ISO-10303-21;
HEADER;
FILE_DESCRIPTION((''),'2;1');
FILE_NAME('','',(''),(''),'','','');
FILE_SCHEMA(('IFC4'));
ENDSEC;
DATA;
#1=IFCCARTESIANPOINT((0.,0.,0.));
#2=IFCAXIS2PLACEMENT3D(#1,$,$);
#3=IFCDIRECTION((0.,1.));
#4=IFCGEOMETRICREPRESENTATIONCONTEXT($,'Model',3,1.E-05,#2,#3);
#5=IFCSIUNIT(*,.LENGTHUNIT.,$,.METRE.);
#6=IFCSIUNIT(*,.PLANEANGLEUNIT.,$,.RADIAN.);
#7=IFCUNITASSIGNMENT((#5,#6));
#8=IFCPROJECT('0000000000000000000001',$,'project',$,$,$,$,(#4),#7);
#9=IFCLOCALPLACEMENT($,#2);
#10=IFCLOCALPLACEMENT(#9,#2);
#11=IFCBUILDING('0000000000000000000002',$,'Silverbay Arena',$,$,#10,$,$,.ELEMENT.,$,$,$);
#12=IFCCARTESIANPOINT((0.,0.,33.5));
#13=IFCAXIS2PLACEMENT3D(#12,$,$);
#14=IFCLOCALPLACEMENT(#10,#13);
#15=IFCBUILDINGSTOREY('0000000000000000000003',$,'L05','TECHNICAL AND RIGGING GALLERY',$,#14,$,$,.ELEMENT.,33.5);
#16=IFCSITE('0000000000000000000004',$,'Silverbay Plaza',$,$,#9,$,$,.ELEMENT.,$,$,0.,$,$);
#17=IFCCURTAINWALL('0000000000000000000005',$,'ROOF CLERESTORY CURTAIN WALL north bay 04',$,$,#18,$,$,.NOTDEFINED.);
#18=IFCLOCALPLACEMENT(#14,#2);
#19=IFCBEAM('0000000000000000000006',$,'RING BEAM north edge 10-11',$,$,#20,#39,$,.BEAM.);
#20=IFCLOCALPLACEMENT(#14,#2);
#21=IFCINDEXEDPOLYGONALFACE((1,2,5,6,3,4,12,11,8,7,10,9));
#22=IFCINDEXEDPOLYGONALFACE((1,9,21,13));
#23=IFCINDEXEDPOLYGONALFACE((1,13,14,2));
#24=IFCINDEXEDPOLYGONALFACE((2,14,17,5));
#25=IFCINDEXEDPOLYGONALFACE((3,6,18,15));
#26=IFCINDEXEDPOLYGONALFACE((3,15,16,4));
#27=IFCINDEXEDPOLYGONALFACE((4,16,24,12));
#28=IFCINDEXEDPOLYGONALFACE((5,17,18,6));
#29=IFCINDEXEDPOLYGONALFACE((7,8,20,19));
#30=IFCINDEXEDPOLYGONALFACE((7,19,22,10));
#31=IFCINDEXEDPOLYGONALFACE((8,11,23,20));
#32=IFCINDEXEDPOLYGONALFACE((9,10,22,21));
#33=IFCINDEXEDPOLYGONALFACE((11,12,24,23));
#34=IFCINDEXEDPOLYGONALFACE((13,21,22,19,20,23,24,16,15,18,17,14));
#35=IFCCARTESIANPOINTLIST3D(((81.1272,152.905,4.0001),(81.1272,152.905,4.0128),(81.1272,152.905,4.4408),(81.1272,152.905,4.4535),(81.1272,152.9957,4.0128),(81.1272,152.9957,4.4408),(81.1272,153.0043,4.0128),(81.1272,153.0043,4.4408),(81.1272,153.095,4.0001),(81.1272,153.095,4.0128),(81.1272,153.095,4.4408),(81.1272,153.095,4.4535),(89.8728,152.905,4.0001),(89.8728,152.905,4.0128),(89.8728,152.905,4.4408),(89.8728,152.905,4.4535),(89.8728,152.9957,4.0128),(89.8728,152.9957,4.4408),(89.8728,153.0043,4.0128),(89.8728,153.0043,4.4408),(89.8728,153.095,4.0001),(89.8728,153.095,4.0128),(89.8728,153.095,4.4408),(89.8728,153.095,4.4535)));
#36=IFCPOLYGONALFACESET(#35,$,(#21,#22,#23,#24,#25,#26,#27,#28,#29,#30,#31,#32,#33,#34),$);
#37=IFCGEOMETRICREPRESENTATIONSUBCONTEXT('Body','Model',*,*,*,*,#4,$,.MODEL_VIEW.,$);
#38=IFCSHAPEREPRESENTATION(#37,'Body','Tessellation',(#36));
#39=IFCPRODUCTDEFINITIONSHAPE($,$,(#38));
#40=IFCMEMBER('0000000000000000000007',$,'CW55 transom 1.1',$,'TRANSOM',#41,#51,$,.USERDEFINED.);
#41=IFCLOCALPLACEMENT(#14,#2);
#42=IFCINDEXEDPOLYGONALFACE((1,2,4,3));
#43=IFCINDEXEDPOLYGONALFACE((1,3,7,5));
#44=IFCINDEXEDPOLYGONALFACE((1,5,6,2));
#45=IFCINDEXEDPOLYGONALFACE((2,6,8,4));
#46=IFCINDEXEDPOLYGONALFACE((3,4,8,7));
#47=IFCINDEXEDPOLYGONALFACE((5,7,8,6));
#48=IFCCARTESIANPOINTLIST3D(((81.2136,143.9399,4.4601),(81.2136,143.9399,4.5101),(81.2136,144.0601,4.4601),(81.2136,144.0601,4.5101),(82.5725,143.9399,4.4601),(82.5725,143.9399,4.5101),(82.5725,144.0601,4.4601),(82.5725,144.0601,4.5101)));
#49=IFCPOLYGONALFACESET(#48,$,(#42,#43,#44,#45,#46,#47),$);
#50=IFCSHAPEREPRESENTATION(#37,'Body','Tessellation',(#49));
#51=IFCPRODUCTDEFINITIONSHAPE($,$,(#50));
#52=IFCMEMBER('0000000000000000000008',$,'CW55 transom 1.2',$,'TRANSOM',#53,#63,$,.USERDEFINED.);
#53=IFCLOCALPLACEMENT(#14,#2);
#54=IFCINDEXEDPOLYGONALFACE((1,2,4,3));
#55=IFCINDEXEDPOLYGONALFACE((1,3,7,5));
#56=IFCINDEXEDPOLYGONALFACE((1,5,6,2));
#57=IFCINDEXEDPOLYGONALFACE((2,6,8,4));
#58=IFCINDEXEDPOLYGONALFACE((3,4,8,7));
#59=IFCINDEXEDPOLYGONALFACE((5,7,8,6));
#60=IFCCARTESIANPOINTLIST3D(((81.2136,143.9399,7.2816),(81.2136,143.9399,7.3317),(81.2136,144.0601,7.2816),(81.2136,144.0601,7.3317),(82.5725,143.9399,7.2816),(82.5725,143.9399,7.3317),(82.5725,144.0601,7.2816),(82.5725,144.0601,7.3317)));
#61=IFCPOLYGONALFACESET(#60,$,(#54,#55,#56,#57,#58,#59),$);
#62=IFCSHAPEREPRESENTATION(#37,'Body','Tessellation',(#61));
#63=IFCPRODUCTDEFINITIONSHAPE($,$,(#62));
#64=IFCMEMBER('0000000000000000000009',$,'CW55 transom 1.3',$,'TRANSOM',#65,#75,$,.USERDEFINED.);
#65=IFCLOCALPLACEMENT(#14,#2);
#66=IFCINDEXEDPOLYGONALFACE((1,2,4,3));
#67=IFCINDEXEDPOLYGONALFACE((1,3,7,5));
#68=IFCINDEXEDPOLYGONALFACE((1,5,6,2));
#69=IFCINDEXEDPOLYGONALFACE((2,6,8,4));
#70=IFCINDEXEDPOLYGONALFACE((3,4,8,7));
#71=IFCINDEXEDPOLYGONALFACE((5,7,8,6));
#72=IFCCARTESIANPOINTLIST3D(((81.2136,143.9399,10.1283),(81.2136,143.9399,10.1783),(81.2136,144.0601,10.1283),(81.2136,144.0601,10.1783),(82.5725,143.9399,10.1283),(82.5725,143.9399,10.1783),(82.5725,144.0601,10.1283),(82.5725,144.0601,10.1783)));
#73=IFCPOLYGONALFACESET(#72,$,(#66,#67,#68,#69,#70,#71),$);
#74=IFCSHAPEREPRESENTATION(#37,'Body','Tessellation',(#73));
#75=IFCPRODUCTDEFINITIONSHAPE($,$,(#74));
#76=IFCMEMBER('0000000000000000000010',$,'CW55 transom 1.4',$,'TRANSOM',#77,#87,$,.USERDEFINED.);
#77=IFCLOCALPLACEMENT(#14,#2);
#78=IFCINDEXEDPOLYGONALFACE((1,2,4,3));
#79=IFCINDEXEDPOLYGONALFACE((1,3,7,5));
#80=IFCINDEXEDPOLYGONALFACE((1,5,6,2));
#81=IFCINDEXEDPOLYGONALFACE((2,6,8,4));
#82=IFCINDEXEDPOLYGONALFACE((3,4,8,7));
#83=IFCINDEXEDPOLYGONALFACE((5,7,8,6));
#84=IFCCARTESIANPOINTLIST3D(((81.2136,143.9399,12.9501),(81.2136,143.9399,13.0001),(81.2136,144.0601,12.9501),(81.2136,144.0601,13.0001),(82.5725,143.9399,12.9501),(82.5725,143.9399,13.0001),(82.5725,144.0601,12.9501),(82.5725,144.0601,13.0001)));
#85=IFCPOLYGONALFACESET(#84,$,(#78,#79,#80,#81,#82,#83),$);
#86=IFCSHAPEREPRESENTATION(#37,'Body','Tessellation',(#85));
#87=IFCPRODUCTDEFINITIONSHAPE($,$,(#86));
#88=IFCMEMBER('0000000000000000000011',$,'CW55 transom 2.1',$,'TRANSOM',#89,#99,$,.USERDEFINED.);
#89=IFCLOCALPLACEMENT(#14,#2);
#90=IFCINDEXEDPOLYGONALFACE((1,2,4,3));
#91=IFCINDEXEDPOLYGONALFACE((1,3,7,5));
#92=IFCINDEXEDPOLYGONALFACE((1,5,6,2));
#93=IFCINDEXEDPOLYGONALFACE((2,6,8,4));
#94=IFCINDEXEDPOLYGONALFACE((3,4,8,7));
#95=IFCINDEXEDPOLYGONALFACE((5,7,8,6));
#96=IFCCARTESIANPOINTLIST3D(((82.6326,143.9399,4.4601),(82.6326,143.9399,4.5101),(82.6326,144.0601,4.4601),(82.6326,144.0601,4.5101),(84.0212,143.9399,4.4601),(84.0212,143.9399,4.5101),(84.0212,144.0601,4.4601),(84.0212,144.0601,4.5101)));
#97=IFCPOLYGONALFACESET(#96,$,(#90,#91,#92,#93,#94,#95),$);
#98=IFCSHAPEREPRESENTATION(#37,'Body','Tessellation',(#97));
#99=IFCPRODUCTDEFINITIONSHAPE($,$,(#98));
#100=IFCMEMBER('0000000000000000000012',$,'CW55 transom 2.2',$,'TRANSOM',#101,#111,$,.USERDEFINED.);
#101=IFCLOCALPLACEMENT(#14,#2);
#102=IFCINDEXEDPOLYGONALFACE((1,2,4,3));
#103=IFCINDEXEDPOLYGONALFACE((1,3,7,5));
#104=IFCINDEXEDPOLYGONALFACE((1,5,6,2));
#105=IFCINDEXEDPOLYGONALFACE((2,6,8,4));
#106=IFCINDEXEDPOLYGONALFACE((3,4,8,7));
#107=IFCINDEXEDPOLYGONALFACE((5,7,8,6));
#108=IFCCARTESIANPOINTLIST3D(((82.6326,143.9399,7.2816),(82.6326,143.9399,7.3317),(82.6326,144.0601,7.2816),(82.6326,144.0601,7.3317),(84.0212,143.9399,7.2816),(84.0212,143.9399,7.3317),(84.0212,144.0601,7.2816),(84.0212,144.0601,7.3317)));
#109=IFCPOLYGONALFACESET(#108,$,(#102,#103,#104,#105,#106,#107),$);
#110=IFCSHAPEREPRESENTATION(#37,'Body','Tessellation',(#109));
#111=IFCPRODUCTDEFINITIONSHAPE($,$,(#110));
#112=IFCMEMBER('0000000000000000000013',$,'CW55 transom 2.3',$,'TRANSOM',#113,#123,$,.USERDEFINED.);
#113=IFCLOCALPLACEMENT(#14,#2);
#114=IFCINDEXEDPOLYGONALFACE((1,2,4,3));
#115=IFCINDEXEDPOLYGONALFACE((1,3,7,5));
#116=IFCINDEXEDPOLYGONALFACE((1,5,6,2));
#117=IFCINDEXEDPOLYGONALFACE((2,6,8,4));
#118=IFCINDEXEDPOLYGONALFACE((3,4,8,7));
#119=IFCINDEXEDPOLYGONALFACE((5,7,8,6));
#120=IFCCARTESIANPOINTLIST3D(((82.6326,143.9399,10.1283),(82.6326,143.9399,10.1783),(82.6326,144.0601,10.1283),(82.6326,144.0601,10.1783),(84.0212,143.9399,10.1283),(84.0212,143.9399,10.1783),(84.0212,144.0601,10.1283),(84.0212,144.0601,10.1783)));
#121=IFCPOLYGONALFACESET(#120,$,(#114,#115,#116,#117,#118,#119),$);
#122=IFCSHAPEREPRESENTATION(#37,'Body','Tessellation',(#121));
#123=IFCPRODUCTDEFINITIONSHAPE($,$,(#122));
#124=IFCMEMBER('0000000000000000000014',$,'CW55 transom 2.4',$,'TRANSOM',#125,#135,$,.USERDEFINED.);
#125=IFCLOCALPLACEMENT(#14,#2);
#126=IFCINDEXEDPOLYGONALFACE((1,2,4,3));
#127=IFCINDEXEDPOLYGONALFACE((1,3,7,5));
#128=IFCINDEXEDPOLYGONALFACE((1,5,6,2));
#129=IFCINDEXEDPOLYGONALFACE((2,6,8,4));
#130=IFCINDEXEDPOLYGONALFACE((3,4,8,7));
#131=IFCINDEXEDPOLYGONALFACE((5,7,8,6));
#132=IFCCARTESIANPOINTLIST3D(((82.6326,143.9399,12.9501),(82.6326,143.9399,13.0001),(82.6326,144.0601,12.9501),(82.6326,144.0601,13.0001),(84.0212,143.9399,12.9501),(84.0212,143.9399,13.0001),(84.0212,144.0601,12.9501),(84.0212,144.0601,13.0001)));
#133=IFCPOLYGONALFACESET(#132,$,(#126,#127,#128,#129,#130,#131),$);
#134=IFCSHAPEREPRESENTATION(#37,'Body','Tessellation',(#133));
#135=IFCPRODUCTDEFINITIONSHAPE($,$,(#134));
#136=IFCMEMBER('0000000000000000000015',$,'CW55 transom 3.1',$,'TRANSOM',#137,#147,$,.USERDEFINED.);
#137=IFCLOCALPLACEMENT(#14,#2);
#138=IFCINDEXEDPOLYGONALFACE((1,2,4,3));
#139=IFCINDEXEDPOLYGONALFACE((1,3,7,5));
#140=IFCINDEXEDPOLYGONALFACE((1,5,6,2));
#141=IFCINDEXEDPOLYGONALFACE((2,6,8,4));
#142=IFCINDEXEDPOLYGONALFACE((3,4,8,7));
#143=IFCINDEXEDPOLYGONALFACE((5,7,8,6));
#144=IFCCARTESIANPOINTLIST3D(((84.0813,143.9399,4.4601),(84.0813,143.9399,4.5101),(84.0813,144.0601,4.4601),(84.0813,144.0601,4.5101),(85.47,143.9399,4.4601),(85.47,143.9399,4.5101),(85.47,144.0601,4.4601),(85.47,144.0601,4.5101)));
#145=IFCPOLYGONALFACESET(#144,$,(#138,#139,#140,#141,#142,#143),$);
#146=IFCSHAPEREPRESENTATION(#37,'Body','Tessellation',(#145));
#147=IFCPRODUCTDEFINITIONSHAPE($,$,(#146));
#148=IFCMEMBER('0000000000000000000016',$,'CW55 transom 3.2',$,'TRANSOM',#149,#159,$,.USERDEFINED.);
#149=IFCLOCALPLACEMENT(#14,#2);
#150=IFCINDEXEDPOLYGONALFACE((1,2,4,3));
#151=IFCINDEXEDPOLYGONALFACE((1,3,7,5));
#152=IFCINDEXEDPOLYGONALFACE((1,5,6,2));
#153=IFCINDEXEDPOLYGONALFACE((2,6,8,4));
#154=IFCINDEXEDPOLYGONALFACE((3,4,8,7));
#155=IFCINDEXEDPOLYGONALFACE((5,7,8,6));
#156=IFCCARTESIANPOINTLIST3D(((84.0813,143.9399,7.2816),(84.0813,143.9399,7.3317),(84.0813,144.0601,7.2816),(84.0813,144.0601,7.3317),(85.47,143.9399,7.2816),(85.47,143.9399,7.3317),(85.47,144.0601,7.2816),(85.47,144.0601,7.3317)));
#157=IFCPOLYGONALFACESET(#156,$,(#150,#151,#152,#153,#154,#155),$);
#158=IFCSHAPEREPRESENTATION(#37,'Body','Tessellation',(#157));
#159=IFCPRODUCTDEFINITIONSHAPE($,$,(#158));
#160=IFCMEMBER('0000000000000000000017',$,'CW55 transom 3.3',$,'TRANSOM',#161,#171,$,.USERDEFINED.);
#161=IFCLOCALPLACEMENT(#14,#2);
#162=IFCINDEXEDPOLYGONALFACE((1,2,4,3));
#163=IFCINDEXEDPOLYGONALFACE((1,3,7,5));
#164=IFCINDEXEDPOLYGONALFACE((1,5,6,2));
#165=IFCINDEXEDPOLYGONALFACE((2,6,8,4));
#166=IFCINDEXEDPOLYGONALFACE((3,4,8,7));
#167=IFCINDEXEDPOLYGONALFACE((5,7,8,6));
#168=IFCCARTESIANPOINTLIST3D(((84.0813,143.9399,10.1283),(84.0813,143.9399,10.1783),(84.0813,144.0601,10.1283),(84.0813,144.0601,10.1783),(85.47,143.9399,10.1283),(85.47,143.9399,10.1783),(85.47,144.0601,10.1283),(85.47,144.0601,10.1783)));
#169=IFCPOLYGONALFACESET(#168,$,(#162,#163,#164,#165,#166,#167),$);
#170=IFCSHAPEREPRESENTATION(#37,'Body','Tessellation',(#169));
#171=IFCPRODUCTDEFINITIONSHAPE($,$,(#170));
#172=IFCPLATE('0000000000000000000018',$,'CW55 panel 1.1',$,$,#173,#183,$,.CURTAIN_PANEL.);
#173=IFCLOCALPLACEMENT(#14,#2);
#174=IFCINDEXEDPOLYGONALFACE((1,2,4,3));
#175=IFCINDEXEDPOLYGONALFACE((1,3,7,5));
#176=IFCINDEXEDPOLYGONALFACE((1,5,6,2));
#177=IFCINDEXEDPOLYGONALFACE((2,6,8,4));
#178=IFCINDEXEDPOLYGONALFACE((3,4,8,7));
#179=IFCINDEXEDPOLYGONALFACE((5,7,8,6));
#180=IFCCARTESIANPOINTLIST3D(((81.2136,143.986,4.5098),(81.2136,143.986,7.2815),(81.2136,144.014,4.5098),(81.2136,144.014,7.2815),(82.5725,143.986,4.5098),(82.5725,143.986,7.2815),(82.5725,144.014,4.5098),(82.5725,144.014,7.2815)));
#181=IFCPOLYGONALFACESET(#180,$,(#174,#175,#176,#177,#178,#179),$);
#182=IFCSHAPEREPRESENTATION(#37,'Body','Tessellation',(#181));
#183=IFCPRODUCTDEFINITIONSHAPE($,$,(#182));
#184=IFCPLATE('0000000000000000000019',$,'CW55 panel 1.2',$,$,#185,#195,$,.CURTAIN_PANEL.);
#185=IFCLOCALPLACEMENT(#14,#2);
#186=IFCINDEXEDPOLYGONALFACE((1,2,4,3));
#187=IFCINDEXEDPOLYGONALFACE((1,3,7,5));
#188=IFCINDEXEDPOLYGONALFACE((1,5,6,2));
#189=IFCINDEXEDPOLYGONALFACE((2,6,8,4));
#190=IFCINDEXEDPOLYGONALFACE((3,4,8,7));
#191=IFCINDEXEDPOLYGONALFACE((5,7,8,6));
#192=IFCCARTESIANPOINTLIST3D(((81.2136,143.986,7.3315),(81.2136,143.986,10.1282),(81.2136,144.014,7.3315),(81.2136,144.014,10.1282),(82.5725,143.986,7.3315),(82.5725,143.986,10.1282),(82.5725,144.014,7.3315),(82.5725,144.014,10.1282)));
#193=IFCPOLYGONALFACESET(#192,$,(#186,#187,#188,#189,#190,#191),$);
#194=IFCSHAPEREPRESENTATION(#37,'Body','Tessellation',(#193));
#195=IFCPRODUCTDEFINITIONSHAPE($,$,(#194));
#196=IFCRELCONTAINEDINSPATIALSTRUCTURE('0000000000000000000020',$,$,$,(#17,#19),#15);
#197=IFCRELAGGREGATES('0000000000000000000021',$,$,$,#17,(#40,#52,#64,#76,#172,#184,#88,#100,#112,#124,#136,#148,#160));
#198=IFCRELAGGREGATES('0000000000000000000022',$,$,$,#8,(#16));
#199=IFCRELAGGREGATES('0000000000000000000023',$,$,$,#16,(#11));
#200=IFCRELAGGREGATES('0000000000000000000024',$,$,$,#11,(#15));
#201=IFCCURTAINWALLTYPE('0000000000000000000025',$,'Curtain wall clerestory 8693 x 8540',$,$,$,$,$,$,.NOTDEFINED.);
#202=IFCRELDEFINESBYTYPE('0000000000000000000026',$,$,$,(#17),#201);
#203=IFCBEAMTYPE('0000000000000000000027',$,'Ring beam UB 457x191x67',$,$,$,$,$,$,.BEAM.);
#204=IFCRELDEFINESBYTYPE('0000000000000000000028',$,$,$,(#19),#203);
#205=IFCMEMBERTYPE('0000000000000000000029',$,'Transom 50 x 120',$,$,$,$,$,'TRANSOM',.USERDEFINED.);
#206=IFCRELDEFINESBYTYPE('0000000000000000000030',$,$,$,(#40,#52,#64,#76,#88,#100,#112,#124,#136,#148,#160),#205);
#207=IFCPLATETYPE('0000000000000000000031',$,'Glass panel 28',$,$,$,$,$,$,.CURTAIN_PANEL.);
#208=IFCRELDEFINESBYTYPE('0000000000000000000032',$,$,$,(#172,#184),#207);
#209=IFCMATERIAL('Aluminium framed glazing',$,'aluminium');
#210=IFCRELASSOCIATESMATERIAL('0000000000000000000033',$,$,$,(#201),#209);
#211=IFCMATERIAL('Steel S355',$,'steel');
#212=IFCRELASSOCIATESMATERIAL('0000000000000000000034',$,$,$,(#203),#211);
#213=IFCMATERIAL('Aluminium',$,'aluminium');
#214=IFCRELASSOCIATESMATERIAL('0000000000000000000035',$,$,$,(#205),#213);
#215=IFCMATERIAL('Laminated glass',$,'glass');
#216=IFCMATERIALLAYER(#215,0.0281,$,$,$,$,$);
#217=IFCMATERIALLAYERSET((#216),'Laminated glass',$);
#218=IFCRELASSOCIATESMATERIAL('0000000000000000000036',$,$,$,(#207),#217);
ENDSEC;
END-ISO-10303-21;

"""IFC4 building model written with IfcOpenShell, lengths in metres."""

from ifc_helpers import new_model, si_unit, direction, frame, origin, origin_2d, place, context, subcontext, project, spatial, rectangle, i_section, extrude, material, layer, layer_set, material_profile, profile_set, type_object, element, aggregate, save


model = new_model("IFC4")

# Units and contexts
model_context = context("Model", 3, precision=1e-05, world=origin(), true_north=direction((0.0, 1.0)))
body_context = subcontext(model_context, "Body", "Model", "MODEL_VIEW")
ifc_project = project(units=[si_unit("LENGTHUNIT", "METRE"), si_unit("PLANEANGLEUNIT", "RADIAN")], contexts=[model_context])

# Site, building, storey
site_placement = place(None, origin())
site = spatial("IfcSite", under=ifc_project, at=site_placement, Name="Silverbay Plaza", CompositionType="ELEMENT", RefElevation=0.0)
building_placement = place(site_placement, origin())
building = spatial("IfcBuilding", under=site, at=building_placement, Name="Silverbay Arena", CompositionType="ELEMENT")
storey_placement = place(building_placement, frame((0.0, 0.0, 33.5)))
storey = spatial("IfcBuildingStorey", under=building, at=storey_placement, Name="L05", Description="TECHNICAL AND RIGGING GALLERY", CompositionType="ELEMENT", Elevation=33.5)

# Curtain wall
ifc_material_1 = material(Name="Aluminium framed glazing", Category="aluminium")
curtain_wall_type = type_object("IfcCurtainWallType", Name="Curtain wall clerestory 8693 x 8540", PredefinedType="NOTDEFINED", material=ifc_material_1)
curtain_wall_placement = place(storey_placement, origin())
curtain_wall = element("IfcCurtainWall", 1, at=curtain_wall_placement, inside=storey, type_object=curtain_wall_type, Name="ROOF CLERESTORY CURTAIN WALL north bay 04", PredefinedType="NOTDEFINED")

# Beam
ifc_material_2 = material(Name="Steel S355", Category="steel")
ifc_material_profile_1 = material_profile(ifc_material_2, i_section(OverallWidth=0.1899, OverallDepth=0.4534, WebThickness=0.0085, FlangeThickness=0.0127, at=origin_2d()), Name="UB 457x191x67")
ifc_profile_set_1 = profile_set([ifc_material_profile_1], Name="Steel S355")
beam_type = type_object("IfcBeamType", Name="Ring beam UB 457x191x67", PredefinedType="BEAM", material=ifc_profile_set_1)
beam_placement = place(storey_placement, frame((81.1272, 153.0, 4.2268), z_axis=(1.0, 0.0, 0.0), x_axis=(0.0, 1.0, 0.0)))
element("IfcBeam", 2, at=beam_placement, inside=storey, type_object=beam_type, Name="RING BEAM north edge 10-11", PredefinedType="BEAM", context=body_context, shape_type="SweptSolid", body=[
    extrude(i_section(OverallWidth=0.1899, OverallDepth=0.4534, WebThickness=0.0085, FlangeThickness=0.0127, at=origin_2d()), origin(), (0.0, 0.0, 1.0), 8.7456),
])

# Members
ifc_material_3 = material(Name="Aluminium", Category="aluminium")
ifc_material_profile_2 = material_profile(ifc_material_3, rectangle(XDim=0.1201, YDim=0.05, at=origin_2d()), Name="Transom 50 x 120")
ifc_profile_set_2 = profile_set([ifc_material_profile_2], Name="Aluminium")
member_type_1 = type_object("IfcMemberType", Name="Transom 50 x 120", ElementType="TRANSOM", PredefinedType="USERDEFINED", material=ifc_profile_set_2)
member_1_placement = place(storey_placement, frame((81.2136, 144.0, 4.4851), z_axis=(1.0, 0.0, 0.0), x_axis=(0.0, 1.0, 0.0)))
member_1 = element("IfcMember", 3, at=member_1_placement, type_object=member_type_1, Name="CW55 transom 1.1", ObjectType="TRANSOM", PredefinedType="USERDEFINED", context=body_context, shape_type="SweptSolid", body=[
    extrude(rectangle(XDim=0.1201, YDim=0.05, at=origin_2d()), origin(), (0.0, 0.0, 1.0), 1.3589),
])
member_2_placement = place(storey_placement, frame((81.2136, 144.0, 7.3066), z_axis=(1.0, 0.0, 0.0), x_axis=(0.0, 1.0, 0.0)))
member_2 = element("IfcMember", 4, at=member_2_placement, type_object=member_type_1, Name="CW55 transom 1.2", ObjectType="TRANSOM", PredefinedType="USERDEFINED", context=body_context, shape_type="SweptSolid", body=[
    extrude(rectangle(XDim=0.1201, YDim=0.05, at=origin_2d()), origin(), (0.0, 0.0, 1.0), 1.3589),
])
member_3_placement = place(storey_placement, frame((81.2136, 144.0, 10.1533), z_axis=(1.0, 0.0, 0.0), x_axis=(0.0, 1.0, 0.0)))
member_3 = element("IfcMember", 5, at=member_3_placement, type_object=member_type_1, Name="CW55 transom 1.3", ObjectType="TRANSOM", PredefinedType="USERDEFINED", context=body_context, shape_type="SweptSolid", body=[
    extrude(rectangle(XDim=0.1201, YDim=0.05, at=origin_2d()), origin(), (0.0, 0.0, 1.0), 1.3589),
])
member_4_placement = place(storey_placement, frame((81.2136, 144.0, 12.9751), z_axis=(1.0, 0.0, 0.0), x_axis=(0.0, 1.0, 0.0)))
member_4 = element("IfcMember", 6, at=member_4_placement, type_object=member_type_1, Name="CW55 transom 1.4", ObjectType="TRANSOM", PredefinedType="USERDEFINED", context=body_context, shape_type="SweptSolid", body=[
    extrude(rectangle(XDim=0.1201, YDim=0.05, at=origin_2d()), origin(), (0.0, 0.0, 1.0), 1.3589),
])
member_5_placement = place(storey_placement, frame((82.6326, 144.0, 4.4851), z_axis=(1.0, 0.0, 0.0), x_axis=(0.0, 1.0, 0.0)))
member_5 = element("IfcMember", 7, at=member_5_placement, type_object=member_type_1, Name="CW55 transom 2.1", ObjectType="TRANSOM", PredefinedType="USERDEFINED", context=body_context, shape_type="SweptSolid", body=[
    extrude(rectangle(XDim=0.1201, YDim=0.05, at=origin_2d()), origin(), (0.0, 0.0, 1.0), 1.3887),
])
member_6_placement = place(storey_placement, frame((82.6326, 144.0, 7.3066), z_axis=(1.0, 0.0, 0.0), x_axis=(0.0, 1.0, 0.0)))
member_6 = element("IfcMember", 8, at=member_6_placement, type_object=member_type_1, Name="CW55 transom 2.2", ObjectType="TRANSOM", PredefinedType="USERDEFINED", context=body_context, shape_type="SweptSolid", body=[
    extrude(rectangle(XDim=0.1201, YDim=0.05, at=origin_2d()), origin(), (0.0, 0.0, 1.0), 1.3887),
])
member_7_placement = place(storey_placement, frame((82.6326, 144.0, 10.1533), z_axis=(1.0, 0.0, 0.0), x_axis=(0.0, 1.0, 0.0)))
member_7 = element("IfcMember", 9, at=member_7_placement, type_object=member_type_1, Name="CW55 transom 2.3", ObjectType="TRANSOM", PredefinedType="USERDEFINED", context=body_context, shape_type="SweptSolid", body=[
    extrude(rectangle(XDim=0.1201, YDim=0.05, at=origin_2d()), origin(), (0.0, 0.0, 1.0), 1.3887),
])
member_8_placement = place(storey_placement, frame((82.6326, 144.0, 12.9751), z_axis=(1.0, 0.0, 0.0), x_axis=(0.0, 1.0, 0.0)))
member_8 = element("IfcMember", 10, at=member_8_placement, type_object=member_type_1, Name="CW55 transom 2.4", ObjectType="TRANSOM", PredefinedType="USERDEFINED", context=body_context, shape_type="SweptSolid", body=[
    extrude(rectangle(XDim=0.1201, YDim=0.05, at=origin_2d()), origin(), (0.0, 0.0, 1.0), 1.3887),
])
member_9_placement = place(storey_placement, frame((84.0813, 144.0, 4.4851), z_axis=(1.0, 0.0, 0.0), x_axis=(0.0, 1.0, 0.0)))
member_9 = element("IfcMember", 11, at=member_9_placement, type_object=member_type_1, Name="CW55 transom 3.1", ObjectType="TRANSOM", PredefinedType="USERDEFINED", context=body_context, shape_type="SweptSolid", body=[
    extrude(rectangle(XDim=0.1201, YDim=0.05, at=origin_2d()), origin(), (0.0, 0.0, 1.0), 1.3887),
])
member_10_placement = place(storey_placement, frame((84.0813, 144.0, 7.3066), z_axis=(1.0, 0.0, 0.0), x_axis=(0.0, 1.0, 0.0)))
member_10 = element("IfcMember", 12, at=member_10_placement, type_object=member_type_1, Name="CW55 transom 3.2", ObjectType="TRANSOM", PredefinedType="USERDEFINED", context=body_context, shape_type="SweptSolid", body=[
    extrude(rectangle(XDim=0.1201, YDim=0.05, at=origin_2d()), origin(), (0.0, 0.0, 1.0), 1.3887),
])
member_11_placement = place(storey_placement, frame((84.0813, 144.0, 10.1533), z_axis=(1.0, 0.0, 0.0), x_axis=(0.0, 1.0, 0.0)))
member_11 = element("IfcMember", 13, at=member_11_placement, type_object=member_type_1, Name="CW55 transom 3.3", ObjectType="TRANSOM", PredefinedType="USERDEFINED", context=body_context, shape_type="SweptSolid", body=[
    extrude(rectangle(XDim=0.1201, YDim=0.05, at=origin_2d()), origin(), (0.0, 0.0, 1.0), 1.3887),
])

# Plates
ifc_material_4 = material(Name="Laminated glass", Category="glass")
ifc_layer_1 = layer(ifc_material_4, 0.0281)
ifc_layer_set_1 = layer_set([ifc_layer_1], Name="Laminated glass")
plate_type = type_object("IfcPlateType", Name="Glass panel 28", PredefinedType="CURTAIN_PANEL", material=ifc_layer_set_1)
plate_1_placement = place(storey_placement, frame((81.8931, 144.0, 4.5098), z_axis=(0.0, 0.0, 1.0), x_axis=(1.0, 0.0, 0.0)))
plate_1 = element("IfcPlate", 14, at=plate_1_placement, type_object=plate_type, Name="CW55 panel 1.1", PredefinedType="CURTAIN_PANEL", context=body_context, shape_type="SweptSolid", body=[
    extrude(rectangle(XDim=1.3589, YDim=0.0281, at=origin_2d()), origin(), (0.0, 0.0, 1.0), 2.7717),
])
plate_2_placement = place(storey_placement, frame((81.8931, 144.0, 7.3315), z_axis=(0.0, 0.0, 1.0), x_axis=(1.0, 0.0, 0.0)))
plate_2 = element("IfcPlate", 15, at=plate_2_placement, type_object=plate_type, Name="CW55 panel 1.2", PredefinedType="CURTAIN_PANEL", context=body_context, shape_type="SweptSolid", body=[
    extrude(rectangle(XDim=1.3589, YDim=0.0281, at=origin_2d()), origin(), (0.0, 0.0, 1.0), 2.7966),
])
aggregate(curtain_wall, [member_1, member_2, member_3, member_4, plate_1, plate_2, member_5, member_6, member_7, member_8, member_9, member_10, member_11])

save(model, "model.ifc")
